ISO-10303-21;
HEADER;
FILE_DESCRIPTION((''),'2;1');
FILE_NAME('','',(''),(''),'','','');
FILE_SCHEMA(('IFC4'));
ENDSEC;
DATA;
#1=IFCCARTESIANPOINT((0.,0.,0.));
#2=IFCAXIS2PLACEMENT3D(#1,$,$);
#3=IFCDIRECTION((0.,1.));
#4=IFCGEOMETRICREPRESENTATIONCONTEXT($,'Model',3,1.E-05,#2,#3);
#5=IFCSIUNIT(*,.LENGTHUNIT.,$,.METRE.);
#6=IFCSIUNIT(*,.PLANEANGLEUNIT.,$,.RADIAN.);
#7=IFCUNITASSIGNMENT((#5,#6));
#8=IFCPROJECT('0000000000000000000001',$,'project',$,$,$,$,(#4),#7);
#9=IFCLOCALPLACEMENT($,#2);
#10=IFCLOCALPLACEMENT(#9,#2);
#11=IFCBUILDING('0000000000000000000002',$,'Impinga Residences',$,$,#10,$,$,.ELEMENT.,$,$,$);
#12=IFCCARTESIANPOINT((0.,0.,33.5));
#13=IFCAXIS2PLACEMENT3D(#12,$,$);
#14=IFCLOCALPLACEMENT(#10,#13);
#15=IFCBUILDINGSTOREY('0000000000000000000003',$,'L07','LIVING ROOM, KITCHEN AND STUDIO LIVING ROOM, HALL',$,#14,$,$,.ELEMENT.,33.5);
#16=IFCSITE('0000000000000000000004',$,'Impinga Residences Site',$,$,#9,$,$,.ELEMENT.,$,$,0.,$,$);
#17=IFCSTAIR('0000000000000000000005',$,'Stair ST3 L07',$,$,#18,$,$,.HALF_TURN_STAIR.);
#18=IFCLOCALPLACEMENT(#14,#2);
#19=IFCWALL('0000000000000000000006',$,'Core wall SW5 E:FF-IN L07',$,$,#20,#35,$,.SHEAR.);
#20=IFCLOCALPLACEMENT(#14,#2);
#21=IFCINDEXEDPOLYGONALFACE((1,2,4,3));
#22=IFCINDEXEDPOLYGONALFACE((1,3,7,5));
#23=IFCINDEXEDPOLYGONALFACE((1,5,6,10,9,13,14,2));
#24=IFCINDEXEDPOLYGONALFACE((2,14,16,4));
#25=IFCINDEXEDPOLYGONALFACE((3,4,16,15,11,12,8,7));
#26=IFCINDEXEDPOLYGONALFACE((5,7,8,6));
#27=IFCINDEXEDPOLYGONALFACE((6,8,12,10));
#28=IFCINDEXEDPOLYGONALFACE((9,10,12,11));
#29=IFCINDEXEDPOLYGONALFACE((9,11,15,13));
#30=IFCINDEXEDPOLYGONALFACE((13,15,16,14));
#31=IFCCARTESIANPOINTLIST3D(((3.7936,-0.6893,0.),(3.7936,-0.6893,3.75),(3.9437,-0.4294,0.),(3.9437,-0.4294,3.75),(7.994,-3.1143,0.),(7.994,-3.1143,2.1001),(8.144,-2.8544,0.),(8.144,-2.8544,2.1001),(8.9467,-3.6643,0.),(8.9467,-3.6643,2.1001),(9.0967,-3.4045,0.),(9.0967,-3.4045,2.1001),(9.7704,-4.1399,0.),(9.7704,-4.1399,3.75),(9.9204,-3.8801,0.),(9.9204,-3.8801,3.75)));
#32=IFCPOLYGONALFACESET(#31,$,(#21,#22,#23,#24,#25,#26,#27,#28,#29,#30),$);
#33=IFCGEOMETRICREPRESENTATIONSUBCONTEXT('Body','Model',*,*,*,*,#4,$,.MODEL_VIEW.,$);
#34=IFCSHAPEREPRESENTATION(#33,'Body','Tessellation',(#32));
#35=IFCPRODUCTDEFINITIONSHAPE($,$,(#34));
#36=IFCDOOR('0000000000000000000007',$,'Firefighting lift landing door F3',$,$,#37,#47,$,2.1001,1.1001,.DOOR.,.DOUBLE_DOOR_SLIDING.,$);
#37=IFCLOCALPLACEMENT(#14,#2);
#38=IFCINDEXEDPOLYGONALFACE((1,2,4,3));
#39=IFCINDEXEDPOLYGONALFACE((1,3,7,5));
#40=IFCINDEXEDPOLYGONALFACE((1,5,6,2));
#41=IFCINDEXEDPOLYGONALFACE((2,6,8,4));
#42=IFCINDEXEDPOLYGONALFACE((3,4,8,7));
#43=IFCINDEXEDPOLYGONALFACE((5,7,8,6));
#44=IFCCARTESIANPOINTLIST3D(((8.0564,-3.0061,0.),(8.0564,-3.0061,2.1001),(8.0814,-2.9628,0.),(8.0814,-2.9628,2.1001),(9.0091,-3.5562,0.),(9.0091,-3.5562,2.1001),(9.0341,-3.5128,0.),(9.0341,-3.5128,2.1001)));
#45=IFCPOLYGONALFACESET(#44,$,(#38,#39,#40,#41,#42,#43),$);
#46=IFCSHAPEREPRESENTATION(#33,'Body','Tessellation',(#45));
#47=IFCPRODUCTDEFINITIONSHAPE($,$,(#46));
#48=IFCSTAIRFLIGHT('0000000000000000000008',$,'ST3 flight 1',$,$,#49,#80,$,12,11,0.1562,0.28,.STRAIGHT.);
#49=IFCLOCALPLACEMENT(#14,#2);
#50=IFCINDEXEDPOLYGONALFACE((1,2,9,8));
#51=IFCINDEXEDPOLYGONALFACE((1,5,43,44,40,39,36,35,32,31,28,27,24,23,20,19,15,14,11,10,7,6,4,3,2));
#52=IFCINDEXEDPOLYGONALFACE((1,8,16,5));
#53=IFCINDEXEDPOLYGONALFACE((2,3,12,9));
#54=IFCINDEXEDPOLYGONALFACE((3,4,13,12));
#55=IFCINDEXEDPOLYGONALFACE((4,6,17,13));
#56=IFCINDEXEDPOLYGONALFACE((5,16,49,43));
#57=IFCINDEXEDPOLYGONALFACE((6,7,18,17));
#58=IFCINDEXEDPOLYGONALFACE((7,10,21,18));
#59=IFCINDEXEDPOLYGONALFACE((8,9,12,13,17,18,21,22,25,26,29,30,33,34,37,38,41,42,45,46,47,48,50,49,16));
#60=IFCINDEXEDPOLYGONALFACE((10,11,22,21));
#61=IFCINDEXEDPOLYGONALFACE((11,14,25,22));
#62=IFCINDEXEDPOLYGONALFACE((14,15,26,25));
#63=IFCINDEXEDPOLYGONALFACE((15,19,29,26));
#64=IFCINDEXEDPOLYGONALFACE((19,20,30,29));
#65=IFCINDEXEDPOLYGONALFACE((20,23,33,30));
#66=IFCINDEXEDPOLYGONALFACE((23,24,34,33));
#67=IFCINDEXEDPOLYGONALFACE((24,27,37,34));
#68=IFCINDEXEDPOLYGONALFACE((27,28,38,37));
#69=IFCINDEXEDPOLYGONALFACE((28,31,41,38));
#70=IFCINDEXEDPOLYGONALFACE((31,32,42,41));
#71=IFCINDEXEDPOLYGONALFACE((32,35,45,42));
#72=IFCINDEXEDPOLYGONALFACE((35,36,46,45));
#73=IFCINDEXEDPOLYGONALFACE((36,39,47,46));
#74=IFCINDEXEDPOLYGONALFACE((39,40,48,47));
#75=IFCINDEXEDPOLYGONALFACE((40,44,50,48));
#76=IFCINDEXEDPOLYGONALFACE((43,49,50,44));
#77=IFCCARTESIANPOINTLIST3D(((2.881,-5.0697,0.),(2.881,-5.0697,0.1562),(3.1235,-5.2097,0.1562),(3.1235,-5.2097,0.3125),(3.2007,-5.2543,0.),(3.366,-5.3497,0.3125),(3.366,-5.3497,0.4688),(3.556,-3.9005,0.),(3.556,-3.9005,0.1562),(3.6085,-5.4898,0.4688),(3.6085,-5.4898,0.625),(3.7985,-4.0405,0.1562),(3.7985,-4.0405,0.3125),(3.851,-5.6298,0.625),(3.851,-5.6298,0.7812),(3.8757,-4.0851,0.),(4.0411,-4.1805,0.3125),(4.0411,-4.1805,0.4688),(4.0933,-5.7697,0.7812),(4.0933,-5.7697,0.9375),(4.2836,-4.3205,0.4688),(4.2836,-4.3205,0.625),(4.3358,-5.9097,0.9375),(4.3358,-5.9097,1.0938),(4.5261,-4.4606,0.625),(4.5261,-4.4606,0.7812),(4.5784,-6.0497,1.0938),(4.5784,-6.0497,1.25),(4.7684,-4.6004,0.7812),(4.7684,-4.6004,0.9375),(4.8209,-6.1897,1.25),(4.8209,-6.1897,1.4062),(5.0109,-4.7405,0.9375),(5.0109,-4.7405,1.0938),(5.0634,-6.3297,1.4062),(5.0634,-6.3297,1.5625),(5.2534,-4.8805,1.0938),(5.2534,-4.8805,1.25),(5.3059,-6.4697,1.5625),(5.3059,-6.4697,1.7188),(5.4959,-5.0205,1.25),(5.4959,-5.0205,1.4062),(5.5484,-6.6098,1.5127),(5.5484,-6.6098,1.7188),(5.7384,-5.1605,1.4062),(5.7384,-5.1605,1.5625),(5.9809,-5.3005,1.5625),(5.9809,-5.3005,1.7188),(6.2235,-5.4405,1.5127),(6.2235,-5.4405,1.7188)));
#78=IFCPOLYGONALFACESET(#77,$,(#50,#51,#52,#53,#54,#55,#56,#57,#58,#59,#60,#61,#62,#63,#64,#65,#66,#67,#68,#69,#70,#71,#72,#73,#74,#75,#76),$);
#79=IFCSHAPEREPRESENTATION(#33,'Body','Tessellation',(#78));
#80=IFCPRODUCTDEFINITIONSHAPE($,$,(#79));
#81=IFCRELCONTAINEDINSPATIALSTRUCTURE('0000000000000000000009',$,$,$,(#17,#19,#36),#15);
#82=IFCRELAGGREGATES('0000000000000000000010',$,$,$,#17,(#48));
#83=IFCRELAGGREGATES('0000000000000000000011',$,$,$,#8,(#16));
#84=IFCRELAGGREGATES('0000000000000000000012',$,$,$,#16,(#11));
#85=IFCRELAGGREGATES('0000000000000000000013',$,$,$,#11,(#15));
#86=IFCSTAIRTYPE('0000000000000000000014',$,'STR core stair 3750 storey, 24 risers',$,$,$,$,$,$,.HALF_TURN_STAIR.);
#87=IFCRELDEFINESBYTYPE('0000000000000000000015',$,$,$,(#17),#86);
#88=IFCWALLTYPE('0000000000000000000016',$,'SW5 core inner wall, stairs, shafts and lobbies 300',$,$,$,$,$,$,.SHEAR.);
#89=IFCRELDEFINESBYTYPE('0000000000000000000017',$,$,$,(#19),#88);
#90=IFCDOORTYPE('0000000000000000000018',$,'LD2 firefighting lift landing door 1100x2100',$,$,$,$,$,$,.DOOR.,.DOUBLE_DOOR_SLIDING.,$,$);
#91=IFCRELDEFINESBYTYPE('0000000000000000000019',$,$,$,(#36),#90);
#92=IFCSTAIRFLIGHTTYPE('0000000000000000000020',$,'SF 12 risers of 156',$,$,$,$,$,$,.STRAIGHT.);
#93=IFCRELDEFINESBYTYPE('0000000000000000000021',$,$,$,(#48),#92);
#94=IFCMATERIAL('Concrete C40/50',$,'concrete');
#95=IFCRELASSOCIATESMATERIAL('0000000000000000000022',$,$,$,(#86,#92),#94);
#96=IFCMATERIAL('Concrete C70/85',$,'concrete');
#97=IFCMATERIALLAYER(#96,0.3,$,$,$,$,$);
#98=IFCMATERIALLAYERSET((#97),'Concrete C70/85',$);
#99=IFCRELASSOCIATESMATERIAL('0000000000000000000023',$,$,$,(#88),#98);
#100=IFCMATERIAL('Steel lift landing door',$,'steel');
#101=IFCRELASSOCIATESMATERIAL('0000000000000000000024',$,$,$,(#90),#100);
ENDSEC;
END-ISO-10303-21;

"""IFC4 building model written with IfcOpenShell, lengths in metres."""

from ifc_helpers import new_model, si_unit, direction, frame, frame_2d, origin, place, context, subcontext, project, spatial, polyline, rectangle, outline, extrude, material, layer, layer_set, type_object, element, fill, aggregate, save


model = new_model("IFC4")

# Units and contexts
model_context = context("Model", 3, precision=1e-05, world=origin(), true_north=direction((0.0, 1.0)))
body_context = subcontext(model_context, "Body", "Model", "MODEL_VIEW")
ifc_project = project(units=[si_unit("LENGTHUNIT", "METRE"), si_unit("PLANEANGLEUNIT", "RADIAN")], contexts=[model_context])

# Site, building, storey
site_placement = place(None, origin())
site = spatial("IfcSite", under=ifc_project, at=site_placement, Name="Impinga Residences Site", CompositionType="ELEMENT", RefElevation=0.0)
building_placement = place(site_placement, origin())
building = spatial("IfcBuilding", under=site, at=building_placement, Name="Impinga Residences", CompositionType="ELEMENT")
storey_placement = place(building_placement, frame((0.0, 0.0, 33.5)))
storey = spatial("IfcBuildingStorey", under=building, at=storey_placement, Name="L07", Description="LIVING ROOM, KITCHEN AND STUDIO LIVING ROOM, HALL", CompositionType="ELEMENT", Elevation=33.5)

# Stair
ifc_material_1 = material(Name="Concrete C40/50", Category="concrete")
stair_type_1 = type_object("IfcStairType", Name="STR core stair 3750 storey, 24 risers", PredefinedType="HALF_TURN_STAIR", material=ifc_material_1)
stair_1_placement = place(storey_placement, origin())
stair_1 = element("IfcStair", 1, at=stair_1_placement, inside=storey, type_object=stair_type_1, Name="Stair ST3 L07", PredefinedType="HALF_TURN_STAIR")

# Wall, opening, door
ifc_material_2 = material(Name="Concrete C70/85", Category="concrete")
ifc_layer_1 = layer(ifc_material_2, 0.3)
ifc_layer_set_1 = layer_set([ifc_layer_1], Name="Concrete C70/85")
wall_type = type_object("IfcWallType", Name="SW5 core inner wall, stairs, shafts and lobbies 300", PredefinedType="SHEAR", material=ifc_layer_set_1)
wall_1_placement = place(storey_placement, frame((3.8687, -0.5593, 0.0), z_axis=(0.0, 0.0, 1.0), x_axis=(0.866027, -0.499997, 0.0)))
wall_1 = element("IfcWall", 2, at=wall_1_placement, inside=storey, type_object=wall_type, Name="Core wall SW5 E:FF-IN L07", PredefinedType="SHEAR", context=body_context, shape_type="SweptSolid", body=[
    extrude(rectangle(XDim=6.9014, YDim=0.3, at=frame_2d((3.4507, 0.0))), origin(), (0.0, 0.0, 1.0), 3.75),
])
opening_1_placement = place(wall_1_placement, frame((4.8501, 0.0, 0.0)))
opening_1 = element("IfcOpeningElement", 3, at=opening_1_placement, cuts=wall_1, PredefinedType="OPENING", context=body_context, shape_type="SweptSolid", body=[
    extrude(rectangle(XDim=1.1001, YDim=2.1001, at=frame_2d((0.55, 1.05))), frame((0.0, 0.1599, 0.0), z_axis=(0.0, -1.0, 0.0), x_axis=(1.0, 0.0, 0.0)), (0.0, 0.0, 1.0), 0.3201),
])
ifc_material_3 = material(Name="Steel lift landing door", Category="steel")
door_type_1 = type_object("IfcDoorType", Name="LD2 firefighting lift landing door 1100x2100", OperationType="DOUBLE_DOOR_SLIDING", PredefinedType="DOOR", material=ifc_material_3)
door_1_placement = place(opening_1_placement, origin())
door_1 = element("IfcDoor", 4, at=door_1_placement, inside=storey, type_object=door_type_1, Name="Firefighting lift landing door F3", OperationType="DOUBLE_DOOR_SLIDING", OverallHeight=2.1001, OverallWidth=1.1001, PredefinedType="DOOR", context=body_context, shape_type="SweptSolid", body=[
    extrude(rectangle(XDim=1.1001, YDim=2.1001, at=frame_2d((0.55, 1.05))), frame((0.0, 0.0249, 0.0), z_axis=(0.0, -1.0, 0.0), x_axis=(1.0, 0.0, 0.0)), (0.0, 0.0, 1.0), 0.05),
])
fill(opening_1, door_1)

# Stair flight
stair_flight_type = type_object("IfcStairFlightType", Name="SF 12 risers of 156", PredefinedType="STRAIGHT", material=ifc_material_1)
stair_flight_placement = place(storey_placement, frame((3.2185, -4.4851, 0.0), z_axis=(0.0, 0.0, 1.0), x_axis=(0.866025, -0.5, 0.0)))
stair_flight = element("IfcStairFlight", 5, at=stair_flight_placement, type_object=stair_flight_type, Name="ST3 flight 1", NumberOfRisers=12, NumberOfTreads=11, PredefinedType="STRAIGHT", RiserHeight=0.1562, TreadLength=0.28, context=body_context, shape_type="SweptSolid", body=[
    extrude(outline(polyline([(0.0, 0.0), (0.0, 0.1562), (0.28, 0.1562), (0.28, 0.3125), (0.5601, 0.3125), (0.5601, 0.4688), (0.8401, 0.4688), (0.8401, 0.625), (1.1201, 0.625), (1.1201, 0.7812), (1.3999, 0.7812), (1.3999, 0.9375), (1.6799, 0.9375), (1.6799, 1.0938), (1.96, 1.0938), (1.96, 1.25), (2.24, 1.25), (2.24, 1.4062), (2.52, 1.4062), (2.52, 1.5625), (2.8, 1.5625), (2.8, 1.7188), (3.0801, 1.7188), (3.0801, 1.875), (3.0801, 1.5127), (0.3691, 0.0), (0.0, 0.0)])), frame((0.0, 0.675, 0.0), z_axis=(0.0, -1.0, 0.0), x_axis=(1.0, 0.0, 0.0)), (0.0, 0.0, 1.0), 1.3501),
])
aggregate(stair_1, [stair_flight])

save(model, "model.ifc")
